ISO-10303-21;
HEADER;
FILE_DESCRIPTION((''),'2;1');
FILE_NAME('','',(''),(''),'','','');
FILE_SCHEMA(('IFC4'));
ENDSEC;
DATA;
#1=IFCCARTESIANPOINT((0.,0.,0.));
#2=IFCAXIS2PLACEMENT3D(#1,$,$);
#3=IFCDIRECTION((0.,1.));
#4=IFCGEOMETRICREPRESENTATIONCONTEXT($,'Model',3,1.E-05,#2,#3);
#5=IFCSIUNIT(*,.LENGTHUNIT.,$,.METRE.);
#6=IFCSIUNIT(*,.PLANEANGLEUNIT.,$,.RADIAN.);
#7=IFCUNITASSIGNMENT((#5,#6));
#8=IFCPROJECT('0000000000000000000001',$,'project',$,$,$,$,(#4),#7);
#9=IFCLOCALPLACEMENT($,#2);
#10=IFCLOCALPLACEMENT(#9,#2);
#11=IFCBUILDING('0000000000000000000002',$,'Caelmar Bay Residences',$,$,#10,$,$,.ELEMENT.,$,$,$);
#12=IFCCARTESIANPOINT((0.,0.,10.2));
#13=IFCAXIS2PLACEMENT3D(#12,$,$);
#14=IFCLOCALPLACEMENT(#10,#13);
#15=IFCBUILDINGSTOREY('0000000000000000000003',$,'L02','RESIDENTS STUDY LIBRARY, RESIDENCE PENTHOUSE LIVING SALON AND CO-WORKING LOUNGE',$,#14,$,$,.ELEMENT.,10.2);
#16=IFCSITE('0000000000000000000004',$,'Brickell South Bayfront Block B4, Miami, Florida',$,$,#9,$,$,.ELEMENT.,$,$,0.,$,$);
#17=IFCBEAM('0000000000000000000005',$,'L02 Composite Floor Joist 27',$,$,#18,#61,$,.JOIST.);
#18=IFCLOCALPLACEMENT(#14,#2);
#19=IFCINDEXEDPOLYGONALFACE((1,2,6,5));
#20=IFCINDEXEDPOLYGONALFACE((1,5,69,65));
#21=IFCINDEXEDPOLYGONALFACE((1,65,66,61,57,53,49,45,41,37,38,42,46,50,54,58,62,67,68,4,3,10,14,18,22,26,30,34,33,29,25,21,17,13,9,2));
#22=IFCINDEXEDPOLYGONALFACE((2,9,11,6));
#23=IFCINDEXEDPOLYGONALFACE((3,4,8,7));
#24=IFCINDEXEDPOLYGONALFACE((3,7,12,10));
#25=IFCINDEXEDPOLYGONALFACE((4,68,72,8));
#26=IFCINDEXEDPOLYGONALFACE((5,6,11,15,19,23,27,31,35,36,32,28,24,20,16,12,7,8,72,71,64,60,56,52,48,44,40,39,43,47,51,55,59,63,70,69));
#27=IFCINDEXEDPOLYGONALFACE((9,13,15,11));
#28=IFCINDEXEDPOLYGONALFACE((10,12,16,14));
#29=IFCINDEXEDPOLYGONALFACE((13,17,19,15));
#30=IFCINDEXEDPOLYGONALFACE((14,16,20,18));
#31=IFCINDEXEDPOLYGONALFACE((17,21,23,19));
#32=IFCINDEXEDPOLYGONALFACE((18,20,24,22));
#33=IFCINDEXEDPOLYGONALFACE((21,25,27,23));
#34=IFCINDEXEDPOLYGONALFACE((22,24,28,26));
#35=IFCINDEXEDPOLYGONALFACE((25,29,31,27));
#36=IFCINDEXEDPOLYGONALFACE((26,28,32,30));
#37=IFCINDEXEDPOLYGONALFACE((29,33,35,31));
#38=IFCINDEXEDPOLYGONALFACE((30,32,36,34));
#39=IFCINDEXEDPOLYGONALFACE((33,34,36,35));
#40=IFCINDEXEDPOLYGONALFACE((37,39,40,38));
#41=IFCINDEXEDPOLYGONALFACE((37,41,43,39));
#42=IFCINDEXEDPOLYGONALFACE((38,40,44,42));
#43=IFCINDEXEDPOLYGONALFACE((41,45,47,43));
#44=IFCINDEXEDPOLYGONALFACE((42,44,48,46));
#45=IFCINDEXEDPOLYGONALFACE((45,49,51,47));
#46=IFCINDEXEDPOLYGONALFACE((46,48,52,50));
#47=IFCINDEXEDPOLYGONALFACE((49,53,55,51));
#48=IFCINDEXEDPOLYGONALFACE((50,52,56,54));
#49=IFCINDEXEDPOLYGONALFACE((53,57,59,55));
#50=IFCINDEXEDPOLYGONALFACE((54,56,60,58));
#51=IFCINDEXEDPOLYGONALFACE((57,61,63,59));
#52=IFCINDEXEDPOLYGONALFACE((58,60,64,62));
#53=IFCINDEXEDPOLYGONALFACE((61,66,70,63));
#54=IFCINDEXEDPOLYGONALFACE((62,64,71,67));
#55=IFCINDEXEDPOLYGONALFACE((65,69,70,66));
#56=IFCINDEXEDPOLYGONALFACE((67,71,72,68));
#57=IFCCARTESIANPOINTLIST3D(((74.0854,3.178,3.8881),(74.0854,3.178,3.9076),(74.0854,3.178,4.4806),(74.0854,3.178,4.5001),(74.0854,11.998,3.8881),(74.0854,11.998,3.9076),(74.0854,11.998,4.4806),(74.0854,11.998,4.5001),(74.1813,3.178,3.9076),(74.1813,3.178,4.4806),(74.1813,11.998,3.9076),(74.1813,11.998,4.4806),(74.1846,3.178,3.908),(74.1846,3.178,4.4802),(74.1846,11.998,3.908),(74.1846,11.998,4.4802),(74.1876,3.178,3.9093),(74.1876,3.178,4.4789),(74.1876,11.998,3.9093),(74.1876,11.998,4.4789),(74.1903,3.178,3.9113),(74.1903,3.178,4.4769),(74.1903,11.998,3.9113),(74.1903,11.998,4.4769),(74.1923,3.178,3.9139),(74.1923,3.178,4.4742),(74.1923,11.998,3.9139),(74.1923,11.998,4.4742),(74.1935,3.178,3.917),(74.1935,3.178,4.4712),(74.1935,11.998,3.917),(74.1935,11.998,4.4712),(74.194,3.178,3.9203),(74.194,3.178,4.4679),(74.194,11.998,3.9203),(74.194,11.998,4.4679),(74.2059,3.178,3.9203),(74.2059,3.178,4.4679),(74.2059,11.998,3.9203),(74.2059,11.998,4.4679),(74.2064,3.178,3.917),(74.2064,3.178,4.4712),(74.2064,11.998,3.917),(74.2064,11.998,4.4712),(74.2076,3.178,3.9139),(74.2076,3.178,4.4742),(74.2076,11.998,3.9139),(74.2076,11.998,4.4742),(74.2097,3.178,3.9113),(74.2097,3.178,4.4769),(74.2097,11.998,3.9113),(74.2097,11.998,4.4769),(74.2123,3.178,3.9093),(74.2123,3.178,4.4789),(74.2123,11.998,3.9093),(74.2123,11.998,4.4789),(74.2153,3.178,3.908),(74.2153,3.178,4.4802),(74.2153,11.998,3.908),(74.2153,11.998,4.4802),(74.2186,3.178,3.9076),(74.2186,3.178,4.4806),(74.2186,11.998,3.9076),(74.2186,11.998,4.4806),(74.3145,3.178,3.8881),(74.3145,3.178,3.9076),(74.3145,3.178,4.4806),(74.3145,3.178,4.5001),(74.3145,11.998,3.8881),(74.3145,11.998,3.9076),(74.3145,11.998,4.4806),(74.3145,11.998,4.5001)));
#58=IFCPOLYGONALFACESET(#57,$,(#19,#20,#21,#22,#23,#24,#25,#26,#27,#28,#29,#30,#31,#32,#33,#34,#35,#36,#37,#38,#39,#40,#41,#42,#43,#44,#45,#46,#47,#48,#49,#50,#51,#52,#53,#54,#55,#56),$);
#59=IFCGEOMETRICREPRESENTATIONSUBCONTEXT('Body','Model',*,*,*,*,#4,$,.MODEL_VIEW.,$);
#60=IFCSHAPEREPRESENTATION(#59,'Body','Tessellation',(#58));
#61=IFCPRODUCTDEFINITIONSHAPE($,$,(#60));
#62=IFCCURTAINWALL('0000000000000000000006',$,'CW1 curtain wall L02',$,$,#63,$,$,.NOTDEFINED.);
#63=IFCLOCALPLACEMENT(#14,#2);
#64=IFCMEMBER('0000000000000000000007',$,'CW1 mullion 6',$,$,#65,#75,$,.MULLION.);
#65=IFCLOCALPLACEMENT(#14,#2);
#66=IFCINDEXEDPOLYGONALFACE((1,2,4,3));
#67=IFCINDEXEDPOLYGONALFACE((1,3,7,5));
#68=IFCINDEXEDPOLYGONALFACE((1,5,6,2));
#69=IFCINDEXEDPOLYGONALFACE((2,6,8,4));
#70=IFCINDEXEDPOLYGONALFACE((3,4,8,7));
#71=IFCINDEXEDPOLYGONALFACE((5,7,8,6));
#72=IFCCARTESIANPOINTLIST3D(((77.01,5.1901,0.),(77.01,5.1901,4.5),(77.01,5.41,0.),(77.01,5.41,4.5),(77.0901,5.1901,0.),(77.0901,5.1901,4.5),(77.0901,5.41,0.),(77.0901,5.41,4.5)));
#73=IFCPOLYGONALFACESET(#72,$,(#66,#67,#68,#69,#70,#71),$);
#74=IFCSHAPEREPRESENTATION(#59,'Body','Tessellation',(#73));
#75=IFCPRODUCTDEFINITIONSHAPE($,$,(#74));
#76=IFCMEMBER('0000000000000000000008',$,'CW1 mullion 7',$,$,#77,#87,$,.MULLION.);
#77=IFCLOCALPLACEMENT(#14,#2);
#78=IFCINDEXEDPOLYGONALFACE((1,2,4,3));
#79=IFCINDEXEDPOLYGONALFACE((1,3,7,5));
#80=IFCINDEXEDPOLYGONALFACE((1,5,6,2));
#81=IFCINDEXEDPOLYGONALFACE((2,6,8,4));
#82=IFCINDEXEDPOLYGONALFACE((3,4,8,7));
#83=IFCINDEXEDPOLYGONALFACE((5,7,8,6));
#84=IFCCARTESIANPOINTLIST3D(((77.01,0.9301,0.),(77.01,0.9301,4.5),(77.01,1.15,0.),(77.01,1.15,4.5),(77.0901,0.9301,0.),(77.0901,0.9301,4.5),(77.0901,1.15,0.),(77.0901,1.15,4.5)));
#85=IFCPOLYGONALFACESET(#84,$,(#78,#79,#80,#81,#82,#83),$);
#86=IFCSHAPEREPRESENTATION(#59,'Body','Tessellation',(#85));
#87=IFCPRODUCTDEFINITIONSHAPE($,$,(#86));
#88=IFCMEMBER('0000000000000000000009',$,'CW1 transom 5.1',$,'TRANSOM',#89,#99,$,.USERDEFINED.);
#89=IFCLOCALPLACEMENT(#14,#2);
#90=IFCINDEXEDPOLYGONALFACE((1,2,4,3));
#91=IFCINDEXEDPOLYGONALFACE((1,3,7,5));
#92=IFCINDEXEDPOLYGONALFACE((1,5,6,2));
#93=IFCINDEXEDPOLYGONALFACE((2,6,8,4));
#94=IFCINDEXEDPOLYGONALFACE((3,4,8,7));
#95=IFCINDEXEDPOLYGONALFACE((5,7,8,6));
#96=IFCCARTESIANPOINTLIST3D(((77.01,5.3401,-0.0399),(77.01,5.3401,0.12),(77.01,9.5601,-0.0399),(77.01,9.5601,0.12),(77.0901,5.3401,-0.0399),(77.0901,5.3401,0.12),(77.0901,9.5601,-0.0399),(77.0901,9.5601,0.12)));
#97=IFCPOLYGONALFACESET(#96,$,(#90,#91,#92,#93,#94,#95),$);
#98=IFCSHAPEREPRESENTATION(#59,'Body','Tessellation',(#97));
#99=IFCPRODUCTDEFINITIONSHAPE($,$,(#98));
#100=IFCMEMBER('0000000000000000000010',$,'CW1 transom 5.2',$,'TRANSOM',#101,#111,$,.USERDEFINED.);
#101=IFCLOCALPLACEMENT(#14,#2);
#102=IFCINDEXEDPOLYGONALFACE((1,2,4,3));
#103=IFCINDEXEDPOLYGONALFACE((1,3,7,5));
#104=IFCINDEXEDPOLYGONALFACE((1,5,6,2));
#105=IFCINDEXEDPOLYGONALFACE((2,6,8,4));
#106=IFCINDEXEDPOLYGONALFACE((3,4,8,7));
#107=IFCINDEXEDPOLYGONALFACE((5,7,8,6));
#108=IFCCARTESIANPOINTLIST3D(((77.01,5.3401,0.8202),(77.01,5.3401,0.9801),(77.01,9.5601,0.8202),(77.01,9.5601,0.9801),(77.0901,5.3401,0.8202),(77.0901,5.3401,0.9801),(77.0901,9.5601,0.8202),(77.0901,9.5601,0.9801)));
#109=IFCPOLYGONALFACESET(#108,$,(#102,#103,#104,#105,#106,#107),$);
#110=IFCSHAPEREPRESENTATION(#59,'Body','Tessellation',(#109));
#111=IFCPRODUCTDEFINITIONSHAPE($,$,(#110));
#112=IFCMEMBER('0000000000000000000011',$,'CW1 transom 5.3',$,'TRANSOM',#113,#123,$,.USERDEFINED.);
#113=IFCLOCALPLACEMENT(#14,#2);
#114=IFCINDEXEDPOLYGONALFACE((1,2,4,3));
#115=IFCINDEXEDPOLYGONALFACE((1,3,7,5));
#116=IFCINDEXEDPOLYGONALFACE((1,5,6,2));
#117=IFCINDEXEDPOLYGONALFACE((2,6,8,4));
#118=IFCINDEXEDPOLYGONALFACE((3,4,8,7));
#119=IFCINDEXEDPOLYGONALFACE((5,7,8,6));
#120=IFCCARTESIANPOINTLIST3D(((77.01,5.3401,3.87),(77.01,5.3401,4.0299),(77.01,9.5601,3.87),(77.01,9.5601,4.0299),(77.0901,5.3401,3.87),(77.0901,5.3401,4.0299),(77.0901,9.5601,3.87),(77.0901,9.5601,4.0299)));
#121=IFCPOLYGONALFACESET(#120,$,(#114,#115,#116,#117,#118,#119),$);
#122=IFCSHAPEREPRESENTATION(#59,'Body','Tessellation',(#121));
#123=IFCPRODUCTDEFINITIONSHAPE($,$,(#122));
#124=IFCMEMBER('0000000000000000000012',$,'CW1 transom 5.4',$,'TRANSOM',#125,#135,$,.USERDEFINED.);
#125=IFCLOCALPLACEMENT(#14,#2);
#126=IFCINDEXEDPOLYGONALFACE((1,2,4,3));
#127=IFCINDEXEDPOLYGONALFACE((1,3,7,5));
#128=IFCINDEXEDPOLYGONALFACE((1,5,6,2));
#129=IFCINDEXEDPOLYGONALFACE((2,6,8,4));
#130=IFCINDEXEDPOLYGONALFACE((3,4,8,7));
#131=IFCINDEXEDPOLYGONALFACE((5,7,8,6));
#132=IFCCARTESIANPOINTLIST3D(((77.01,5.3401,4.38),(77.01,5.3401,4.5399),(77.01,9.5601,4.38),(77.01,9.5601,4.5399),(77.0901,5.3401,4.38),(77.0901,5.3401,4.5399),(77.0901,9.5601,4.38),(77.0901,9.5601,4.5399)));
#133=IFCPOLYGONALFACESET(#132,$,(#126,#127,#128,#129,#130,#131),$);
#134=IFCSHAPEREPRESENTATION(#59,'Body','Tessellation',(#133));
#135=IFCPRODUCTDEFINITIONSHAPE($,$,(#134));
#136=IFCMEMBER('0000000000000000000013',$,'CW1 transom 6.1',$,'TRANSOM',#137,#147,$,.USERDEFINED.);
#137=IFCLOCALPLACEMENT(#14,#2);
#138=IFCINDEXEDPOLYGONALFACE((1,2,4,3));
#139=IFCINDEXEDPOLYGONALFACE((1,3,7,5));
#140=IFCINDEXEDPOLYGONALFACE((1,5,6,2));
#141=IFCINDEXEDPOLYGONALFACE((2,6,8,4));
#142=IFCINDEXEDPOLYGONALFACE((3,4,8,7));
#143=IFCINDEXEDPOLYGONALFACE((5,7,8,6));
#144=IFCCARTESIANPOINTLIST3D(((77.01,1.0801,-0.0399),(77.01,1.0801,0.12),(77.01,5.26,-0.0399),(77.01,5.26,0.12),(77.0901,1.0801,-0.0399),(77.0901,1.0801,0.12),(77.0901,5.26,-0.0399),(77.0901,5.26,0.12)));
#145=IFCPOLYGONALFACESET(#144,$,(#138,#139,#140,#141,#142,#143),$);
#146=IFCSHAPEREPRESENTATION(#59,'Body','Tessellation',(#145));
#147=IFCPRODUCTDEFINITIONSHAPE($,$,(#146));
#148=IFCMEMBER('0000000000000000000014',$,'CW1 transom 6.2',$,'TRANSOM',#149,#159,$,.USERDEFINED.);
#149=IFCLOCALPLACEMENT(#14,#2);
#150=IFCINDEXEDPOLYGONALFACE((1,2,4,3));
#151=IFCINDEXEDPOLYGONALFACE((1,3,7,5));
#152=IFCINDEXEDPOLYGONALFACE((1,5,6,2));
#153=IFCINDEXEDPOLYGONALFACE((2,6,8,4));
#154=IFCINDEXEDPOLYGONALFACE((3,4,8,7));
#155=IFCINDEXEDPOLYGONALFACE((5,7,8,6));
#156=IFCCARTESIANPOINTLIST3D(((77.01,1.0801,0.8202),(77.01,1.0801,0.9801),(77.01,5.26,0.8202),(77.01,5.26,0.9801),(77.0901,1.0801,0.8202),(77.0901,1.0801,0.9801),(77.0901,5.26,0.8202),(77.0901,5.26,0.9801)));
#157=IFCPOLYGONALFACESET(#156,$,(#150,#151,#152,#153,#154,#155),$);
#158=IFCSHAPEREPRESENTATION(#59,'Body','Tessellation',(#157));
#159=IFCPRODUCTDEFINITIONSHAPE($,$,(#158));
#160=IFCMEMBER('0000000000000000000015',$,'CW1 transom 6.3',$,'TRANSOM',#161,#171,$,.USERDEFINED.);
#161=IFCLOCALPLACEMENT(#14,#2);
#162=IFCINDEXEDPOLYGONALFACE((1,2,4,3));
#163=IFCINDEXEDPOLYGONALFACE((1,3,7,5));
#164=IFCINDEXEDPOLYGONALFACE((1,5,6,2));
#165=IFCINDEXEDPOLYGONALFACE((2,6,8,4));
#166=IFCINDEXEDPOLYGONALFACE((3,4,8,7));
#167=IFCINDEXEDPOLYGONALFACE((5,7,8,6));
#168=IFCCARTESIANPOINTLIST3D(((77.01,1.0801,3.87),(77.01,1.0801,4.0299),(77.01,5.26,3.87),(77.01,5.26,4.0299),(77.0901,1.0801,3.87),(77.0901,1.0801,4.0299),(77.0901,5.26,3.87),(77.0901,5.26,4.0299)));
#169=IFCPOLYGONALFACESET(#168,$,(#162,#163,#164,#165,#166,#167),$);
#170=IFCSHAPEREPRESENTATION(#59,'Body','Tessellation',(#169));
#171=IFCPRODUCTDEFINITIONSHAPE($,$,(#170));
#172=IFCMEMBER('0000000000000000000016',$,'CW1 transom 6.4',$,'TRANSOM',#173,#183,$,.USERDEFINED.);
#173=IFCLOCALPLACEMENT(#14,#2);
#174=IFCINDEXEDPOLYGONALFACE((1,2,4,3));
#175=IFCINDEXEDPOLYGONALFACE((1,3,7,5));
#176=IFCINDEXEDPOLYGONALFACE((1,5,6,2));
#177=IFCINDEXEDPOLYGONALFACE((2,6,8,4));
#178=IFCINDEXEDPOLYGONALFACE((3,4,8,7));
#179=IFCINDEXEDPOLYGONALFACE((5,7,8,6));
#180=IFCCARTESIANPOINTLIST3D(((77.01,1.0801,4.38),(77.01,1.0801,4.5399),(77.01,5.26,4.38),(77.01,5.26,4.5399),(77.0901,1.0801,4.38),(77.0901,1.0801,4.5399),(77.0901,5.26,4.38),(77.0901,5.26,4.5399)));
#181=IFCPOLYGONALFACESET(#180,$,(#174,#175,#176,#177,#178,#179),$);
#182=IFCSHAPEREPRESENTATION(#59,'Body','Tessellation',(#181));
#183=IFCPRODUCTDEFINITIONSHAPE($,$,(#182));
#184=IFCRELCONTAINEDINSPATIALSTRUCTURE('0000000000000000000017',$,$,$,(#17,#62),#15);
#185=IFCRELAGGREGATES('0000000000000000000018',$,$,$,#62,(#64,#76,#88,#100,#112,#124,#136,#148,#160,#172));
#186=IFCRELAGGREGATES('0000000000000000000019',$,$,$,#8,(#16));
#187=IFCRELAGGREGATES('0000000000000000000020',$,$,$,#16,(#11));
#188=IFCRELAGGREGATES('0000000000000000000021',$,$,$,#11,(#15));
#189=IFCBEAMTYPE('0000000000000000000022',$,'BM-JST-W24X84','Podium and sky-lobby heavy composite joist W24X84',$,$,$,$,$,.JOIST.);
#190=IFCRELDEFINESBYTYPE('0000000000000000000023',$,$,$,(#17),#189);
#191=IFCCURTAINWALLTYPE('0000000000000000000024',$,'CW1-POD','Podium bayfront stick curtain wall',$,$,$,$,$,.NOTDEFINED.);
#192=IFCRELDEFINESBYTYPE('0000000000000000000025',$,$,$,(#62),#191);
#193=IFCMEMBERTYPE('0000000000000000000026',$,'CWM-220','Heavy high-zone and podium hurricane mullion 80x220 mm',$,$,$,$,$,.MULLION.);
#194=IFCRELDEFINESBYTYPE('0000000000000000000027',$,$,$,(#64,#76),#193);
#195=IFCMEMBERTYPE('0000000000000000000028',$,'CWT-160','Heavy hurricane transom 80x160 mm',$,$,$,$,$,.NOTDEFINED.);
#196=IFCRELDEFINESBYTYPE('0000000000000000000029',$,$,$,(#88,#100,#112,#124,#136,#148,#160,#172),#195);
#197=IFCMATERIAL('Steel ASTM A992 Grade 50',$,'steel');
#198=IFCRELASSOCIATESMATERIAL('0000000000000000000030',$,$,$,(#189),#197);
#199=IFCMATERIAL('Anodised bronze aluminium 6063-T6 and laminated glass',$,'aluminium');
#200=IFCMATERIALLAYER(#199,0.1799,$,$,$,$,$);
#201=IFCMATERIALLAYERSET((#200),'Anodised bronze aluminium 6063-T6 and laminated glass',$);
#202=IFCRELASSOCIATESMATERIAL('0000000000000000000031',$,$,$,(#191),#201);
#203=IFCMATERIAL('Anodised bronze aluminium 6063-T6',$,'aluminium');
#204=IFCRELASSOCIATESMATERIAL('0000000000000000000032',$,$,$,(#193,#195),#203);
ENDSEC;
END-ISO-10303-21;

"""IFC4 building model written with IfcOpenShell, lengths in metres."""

from ifc_helpers import new_model, si_unit, direction, frame, origin, origin_2d, place, context, subcontext, project, spatial, rectangle, i_section, extrude, material, layer, layer_set, material_profile, profile_set, type_object, element, aggregate, save


model = new_model("IFC4")

# Units and contexts
model_context = context("Model", 3, precision=1e-05, world=origin(), true_north=direction((0.0, 1.0)))
body_context = subcontext(model_context, "Body", "Model", "MODEL_VIEW")
ifc_project = project(units=[si_unit("LENGTHUNIT", "METRE"), si_unit("PLANEANGLEUNIT", "RADIAN")], contexts=[model_context])

# Site, building, storey
site_placement = place(None, origin())
site = spatial("IfcSite", under=ifc_project, at=site_placement, Name="Brickell South Bayfront Block B4, Miami, Florida", CompositionType="ELEMENT", RefElevation=0.0)
building_placement = place(site_placement, origin())
building = spatial("IfcBuilding", under=site, at=building_placement, Name="Caelmar Bay Residences", CompositionType="ELEMENT")
storey_placement = place(building_placement, frame((0.0, 0.0, 10.2)))
storey = spatial("IfcBuildingStorey", under=building, at=storey_placement, Name="L02", Description="RESIDENTS STUDY LIBRARY, RESIDENCE PENTHOUSE LIVING SALON AND CO-WORKING LOUNGE", CompositionType="ELEMENT", Elevation=10.2)

# Beam
ifc_material_1 = material(Name="Steel ASTM A992 Grade 50", Category="steel")
ifc_material_profile_1 = material_profile(ifc_material_1, i_section(OverallWidth=0.229, OverallDepth=0.6121, WebThickness=0.012, FlangeThickness=0.0195, FilletRadius=0.0127, at=origin_2d()), Name="W24X84")
ifc_profile_set_1 = profile_set([ifc_material_profile_1], Name="Steel ASTM A992 Grade 50")
beam_type_1 = type_object("IfcBeamType", Name="BM-JST-W24X84", Description="Podium and sky-lobby heavy composite joist W24X84", PredefinedType="JOIST", material=ifc_profile_set_1)
for number, where, z_axis, x_axis, name in (
    (1, (74.2, 3.178, 4.1941), (0.0, 1.0, 0.0), (-1.0, 0.0, 0.0), "L02 Composite Floor Joist 27"),
):
    element("IfcBeam", number, at=place(storey_placement, frame(where, z_axis=z_axis, x_axis=x_axis)), inside=storey, type_object=beam_type_1, Name=name, PredefinedType="JOIST", context=body_context, shape_type="SweptSolid", body=[
        extrude(i_section(OverallWidth=0.229, OverallDepth=0.6121, WebThickness=0.012, FlangeThickness=0.0195, FilletRadius=0.0127, at=origin_2d()), origin(), (0.0, 0.0, 1.0), 8.8201),
    ])

# Curtain wall, members
ifc_material_2 = material(Name="Anodised bronze aluminium 6063-T6 and laminated glass", Category="aluminium")
ifc_layer_1 = layer(ifc_material_2, 0.1799)
ifc_layer_set_1 = layer_set([ifc_layer_1], Name="Anodised bronze aluminium 6063-T6 and laminated glass")
curtain_wall_type = type_object("IfcCurtainWallType", Name="CW1-POD", Description="Podium bayfront stick curtain wall", PredefinedType="NOTDEFINED", material=ifc_layer_set_1)
curtain_wall_placement = place(storey_placement, origin())
curtain_wall = element("IfcCurtainWall", 2, at=curtain_wall_placement, inside=storey, type_object=curtain_wall_type, Name="CW1 curtain wall L02", PredefinedType="NOTDEFINED")
ifc_material_3 = material(Name="Anodised bronze aluminium 6063-T6", Category="aluminium")
ifc_material_profile_2 = material_profile(ifc_material_3, rectangle(XDim=0.0801, YDim=0.22, at=origin_2d()), Name="CWM-80X220")
ifc_profile_set_2 = profile_set([ifc_material_profile_2], Name="Anodised bronze aluminium 6063-T6")
member_type_1 = type_object("IfcMemberType", Name="CWM-220", Description="Heavy high-zone and podium hurricane mullion 80x220 mm", PredefinedType="MULLION", material=ifc_profile_set_2)
member_1_placement = place(storey_placement, frame((77.05, 5.3, 0.0), z_axis=(0.0, 0.0, 1.0), x_axis=(1.0, 0.0, 0.0)))
member_1 = element("IfcMember", 3, at=member_1_placement, type_object=member_type_1, Name="CW1 mullion 6", PredefinedType="MULLION", context=body_context, shape_type="SweptSolid", body=[
    extrude(rectangle(XDim=0.0801, YDim=0.22, at=origin_2d()), origin(), (0.0, 0.0, 1.0), 4.5),
])
member_2_placement = place(storey_placement, frame((77.05, 1.04, 0.0), z_axis=(0.0, 0.0, 1.0), x_axis=(1.0, 0.0, 0.0)))
member_2 = element("IfcMember", 4, at=member_2_placement, type_object=member_type_1, Name="CW1 mullion 7", PredefinedType="MULLION", context=body_context, shape_type="SweptSolid", body=[
    extrude(rectangle(XDim=0.0801, YDim=0.22, at=origin_2d()), origin(), (0.0, 0.0, 1.0), 4.5),
])
ifc_material_profile_3 = material_profile(ifc_material_3, rectangle(XDim=0.0801, YDim=0.1599, at=origin_2d()), Name="CWT-80X160")
ifc_profile_set_3 = profile_set([ifc_material_profile_3], Name="Anodised bronze aluminium 6063-T6")
member_type_2 = type_object("IfcMemberType", Name="CWT-160", Description="Heavy hurricane transom 80x160 mm", PredefinedType="NOTDEFINED", material=ifc_profile_set_3)
member_3_placement = place(storey_placement, frame((77.05, 9.5601, 0.04), z_axis=(0.0, -1.0, 0.0), x_axis=(1.0, 0.0, 0.0)))
member_3 = element("IfcMember", 5, at=member_3_placement, type_object=member_type_2, Name="CW1 transom 5.1", ObjectType="TRANSOM", PredefinedType="USERDEFINED", context=body_context, shape_type="SweptSolid", body=[
    extrude(rectangle(XDim=0.0801, YDim=0.1599, at=origin_2d()), origin(), (0.0, 0.0, 1.0), 4.22),
])
member_4_placement = place(storey_placement, frame((77.05, 9.5601, 0.9001), z_axis=(0.0, -1.0, 0.0), x_axis=(1.0, 0.0, 0.0)))
member_4 = element("IfcMember", 6, at=member_4_placement, type_object=member_type_2, Name="CW1 transom 5.2", ObjectType="TRANSOM", PredefinedType="USERDEFINED", context=body_context, shape_type="SweptSolid", body=[
    extrude(rectangle(XDim=0.0801, YDim=0.1599, at=origin_2d()), origin(), (0.0, 0.0, 1.0), 4.22),
])
member_5_placement = place(storey_placement, frame((77.05, 9.5601, 3.95), z_axis=(0.0, -1.0, 0.0), x_axis=(1.0, 0.0, 0.0)))
member_5 = element("IfcMember", 7, at=member_5_placement, type_object=member_type_2, Name="CW1 transom 5.3", ObjectType="TRANSOM", PredefinedType="USERDEFINED", context=body_context, shape_type="SweptSolid", body=[
    extrude(rectangle(XDim=0.0801, YDim=0.1599, at=origin_2d()), origin(), (0.0, 0.0, 1.0), 4.22),
])
member_6_placement = place(storey_placement, frame((77.05, 9.5601, 4.46), z_axis=(0.0, -1.0, 0.0), x_axis=(1.0, 0.0, 0.0)))
member_6 = element("IfcMember", 8, at=member_6_placement, type_object=member_type_2, Name="CW1 transom 5.4", ObjectType="TRANSOM", PredefinedType="USERDEFINED", context=body_context, shape_type="SweptSolid", body=[
    extrude(rectangle(XDim=0.0801, YDim=0.1599, at=origin_2d()), origin(), (0.0, 0.0, 1.0), 4.22),
])
member_7_placement = place(storey_placement, frame((77.05, 5.26, 0.04), z_axis=(0.0, -1.0, 0.0), x_axis=(1.0, 0.0, 0.0)))
member_7 = element("IfcMember", 9, at=member_7_placement, type_object=member_type_2, Name="CW1 transom 6.1", ObjectType="TRANSOM", PredefinedType="USERDEFINED", context=body_context, shape_type="SweptSolid", body=[
    extrude(rectangle(XDim=0.0801, YDim=0.1599, at=origin_2d()), origin(), (0.0, 0.0, 1.0), 4.1799),
])
member_8_placement = place(storey_placement, frame((77.05, 5.26, 0.9001), z_axis=(0.0, -1.0, 0.0), x_axis=(1.0, 0.0, 0.0)))
member_8 = element("IfcMember", 10, at=member_8_placement, type_object=member_type_2, Name="CW1 transom 6.2", ObjectType="TRANSOM", PredefinedType="USERDEFINED", context=body_context, shape_type="SweptSolid", body=[
    extrude(rectangle(XDim=0.0801, YDim=0.1599, at=origin_2d()), origin(), (0.0, 0.0, 1.0), 4.1799),
])
member_9_placement = place(storey_placement, frame((77.05, 5.26, 3.95), z_axis=(0.0, -1.0, 0.0), x_axis=(1.0, 0.0, 0.0)))
member_9 = element("IfcMember", 11, at=member_9_placement, type_object=member_type_2, Name="CW1 transom 6.3", ObjectType="TRANSOM", PredefinedType="USERDEFINED", context=body_context, shape_type="SweptSolid", body=[
    extrude(rectangle(XDim=0.0801, YDim=0.1599, at=origin_2d()), origin(), (0.0, 0.0, 1.0), 4.1799),
])
member_10_placement = place(storey_placement, frame((77.05, 5.26, 4.46), z_axis=(0.0, -1.0, 0.0), x_axis=(1.0, 0.0, 0.0)))
member_10 = element("IfcMember", 12, at=member_10_placement, type_object=member_type_2, Name="CW1 transom 6.4", ObjectType="TRANSOM", PredefinedType="USERDEFINED", context=body_context, shape_type="SweptSolid", body=[
    extrude(rectangle(XDim=0.0801, YDim=0.1599, at=origin_2d()), origin(), (0.0, 0.0, 1.0), 4.1799),
])
aggregate(curtain_wall, [member_1, member_2, member_3, member_4, member_5, member_6, member_7, member_8, member_9, member_10])

save(model, "model.ifc")
